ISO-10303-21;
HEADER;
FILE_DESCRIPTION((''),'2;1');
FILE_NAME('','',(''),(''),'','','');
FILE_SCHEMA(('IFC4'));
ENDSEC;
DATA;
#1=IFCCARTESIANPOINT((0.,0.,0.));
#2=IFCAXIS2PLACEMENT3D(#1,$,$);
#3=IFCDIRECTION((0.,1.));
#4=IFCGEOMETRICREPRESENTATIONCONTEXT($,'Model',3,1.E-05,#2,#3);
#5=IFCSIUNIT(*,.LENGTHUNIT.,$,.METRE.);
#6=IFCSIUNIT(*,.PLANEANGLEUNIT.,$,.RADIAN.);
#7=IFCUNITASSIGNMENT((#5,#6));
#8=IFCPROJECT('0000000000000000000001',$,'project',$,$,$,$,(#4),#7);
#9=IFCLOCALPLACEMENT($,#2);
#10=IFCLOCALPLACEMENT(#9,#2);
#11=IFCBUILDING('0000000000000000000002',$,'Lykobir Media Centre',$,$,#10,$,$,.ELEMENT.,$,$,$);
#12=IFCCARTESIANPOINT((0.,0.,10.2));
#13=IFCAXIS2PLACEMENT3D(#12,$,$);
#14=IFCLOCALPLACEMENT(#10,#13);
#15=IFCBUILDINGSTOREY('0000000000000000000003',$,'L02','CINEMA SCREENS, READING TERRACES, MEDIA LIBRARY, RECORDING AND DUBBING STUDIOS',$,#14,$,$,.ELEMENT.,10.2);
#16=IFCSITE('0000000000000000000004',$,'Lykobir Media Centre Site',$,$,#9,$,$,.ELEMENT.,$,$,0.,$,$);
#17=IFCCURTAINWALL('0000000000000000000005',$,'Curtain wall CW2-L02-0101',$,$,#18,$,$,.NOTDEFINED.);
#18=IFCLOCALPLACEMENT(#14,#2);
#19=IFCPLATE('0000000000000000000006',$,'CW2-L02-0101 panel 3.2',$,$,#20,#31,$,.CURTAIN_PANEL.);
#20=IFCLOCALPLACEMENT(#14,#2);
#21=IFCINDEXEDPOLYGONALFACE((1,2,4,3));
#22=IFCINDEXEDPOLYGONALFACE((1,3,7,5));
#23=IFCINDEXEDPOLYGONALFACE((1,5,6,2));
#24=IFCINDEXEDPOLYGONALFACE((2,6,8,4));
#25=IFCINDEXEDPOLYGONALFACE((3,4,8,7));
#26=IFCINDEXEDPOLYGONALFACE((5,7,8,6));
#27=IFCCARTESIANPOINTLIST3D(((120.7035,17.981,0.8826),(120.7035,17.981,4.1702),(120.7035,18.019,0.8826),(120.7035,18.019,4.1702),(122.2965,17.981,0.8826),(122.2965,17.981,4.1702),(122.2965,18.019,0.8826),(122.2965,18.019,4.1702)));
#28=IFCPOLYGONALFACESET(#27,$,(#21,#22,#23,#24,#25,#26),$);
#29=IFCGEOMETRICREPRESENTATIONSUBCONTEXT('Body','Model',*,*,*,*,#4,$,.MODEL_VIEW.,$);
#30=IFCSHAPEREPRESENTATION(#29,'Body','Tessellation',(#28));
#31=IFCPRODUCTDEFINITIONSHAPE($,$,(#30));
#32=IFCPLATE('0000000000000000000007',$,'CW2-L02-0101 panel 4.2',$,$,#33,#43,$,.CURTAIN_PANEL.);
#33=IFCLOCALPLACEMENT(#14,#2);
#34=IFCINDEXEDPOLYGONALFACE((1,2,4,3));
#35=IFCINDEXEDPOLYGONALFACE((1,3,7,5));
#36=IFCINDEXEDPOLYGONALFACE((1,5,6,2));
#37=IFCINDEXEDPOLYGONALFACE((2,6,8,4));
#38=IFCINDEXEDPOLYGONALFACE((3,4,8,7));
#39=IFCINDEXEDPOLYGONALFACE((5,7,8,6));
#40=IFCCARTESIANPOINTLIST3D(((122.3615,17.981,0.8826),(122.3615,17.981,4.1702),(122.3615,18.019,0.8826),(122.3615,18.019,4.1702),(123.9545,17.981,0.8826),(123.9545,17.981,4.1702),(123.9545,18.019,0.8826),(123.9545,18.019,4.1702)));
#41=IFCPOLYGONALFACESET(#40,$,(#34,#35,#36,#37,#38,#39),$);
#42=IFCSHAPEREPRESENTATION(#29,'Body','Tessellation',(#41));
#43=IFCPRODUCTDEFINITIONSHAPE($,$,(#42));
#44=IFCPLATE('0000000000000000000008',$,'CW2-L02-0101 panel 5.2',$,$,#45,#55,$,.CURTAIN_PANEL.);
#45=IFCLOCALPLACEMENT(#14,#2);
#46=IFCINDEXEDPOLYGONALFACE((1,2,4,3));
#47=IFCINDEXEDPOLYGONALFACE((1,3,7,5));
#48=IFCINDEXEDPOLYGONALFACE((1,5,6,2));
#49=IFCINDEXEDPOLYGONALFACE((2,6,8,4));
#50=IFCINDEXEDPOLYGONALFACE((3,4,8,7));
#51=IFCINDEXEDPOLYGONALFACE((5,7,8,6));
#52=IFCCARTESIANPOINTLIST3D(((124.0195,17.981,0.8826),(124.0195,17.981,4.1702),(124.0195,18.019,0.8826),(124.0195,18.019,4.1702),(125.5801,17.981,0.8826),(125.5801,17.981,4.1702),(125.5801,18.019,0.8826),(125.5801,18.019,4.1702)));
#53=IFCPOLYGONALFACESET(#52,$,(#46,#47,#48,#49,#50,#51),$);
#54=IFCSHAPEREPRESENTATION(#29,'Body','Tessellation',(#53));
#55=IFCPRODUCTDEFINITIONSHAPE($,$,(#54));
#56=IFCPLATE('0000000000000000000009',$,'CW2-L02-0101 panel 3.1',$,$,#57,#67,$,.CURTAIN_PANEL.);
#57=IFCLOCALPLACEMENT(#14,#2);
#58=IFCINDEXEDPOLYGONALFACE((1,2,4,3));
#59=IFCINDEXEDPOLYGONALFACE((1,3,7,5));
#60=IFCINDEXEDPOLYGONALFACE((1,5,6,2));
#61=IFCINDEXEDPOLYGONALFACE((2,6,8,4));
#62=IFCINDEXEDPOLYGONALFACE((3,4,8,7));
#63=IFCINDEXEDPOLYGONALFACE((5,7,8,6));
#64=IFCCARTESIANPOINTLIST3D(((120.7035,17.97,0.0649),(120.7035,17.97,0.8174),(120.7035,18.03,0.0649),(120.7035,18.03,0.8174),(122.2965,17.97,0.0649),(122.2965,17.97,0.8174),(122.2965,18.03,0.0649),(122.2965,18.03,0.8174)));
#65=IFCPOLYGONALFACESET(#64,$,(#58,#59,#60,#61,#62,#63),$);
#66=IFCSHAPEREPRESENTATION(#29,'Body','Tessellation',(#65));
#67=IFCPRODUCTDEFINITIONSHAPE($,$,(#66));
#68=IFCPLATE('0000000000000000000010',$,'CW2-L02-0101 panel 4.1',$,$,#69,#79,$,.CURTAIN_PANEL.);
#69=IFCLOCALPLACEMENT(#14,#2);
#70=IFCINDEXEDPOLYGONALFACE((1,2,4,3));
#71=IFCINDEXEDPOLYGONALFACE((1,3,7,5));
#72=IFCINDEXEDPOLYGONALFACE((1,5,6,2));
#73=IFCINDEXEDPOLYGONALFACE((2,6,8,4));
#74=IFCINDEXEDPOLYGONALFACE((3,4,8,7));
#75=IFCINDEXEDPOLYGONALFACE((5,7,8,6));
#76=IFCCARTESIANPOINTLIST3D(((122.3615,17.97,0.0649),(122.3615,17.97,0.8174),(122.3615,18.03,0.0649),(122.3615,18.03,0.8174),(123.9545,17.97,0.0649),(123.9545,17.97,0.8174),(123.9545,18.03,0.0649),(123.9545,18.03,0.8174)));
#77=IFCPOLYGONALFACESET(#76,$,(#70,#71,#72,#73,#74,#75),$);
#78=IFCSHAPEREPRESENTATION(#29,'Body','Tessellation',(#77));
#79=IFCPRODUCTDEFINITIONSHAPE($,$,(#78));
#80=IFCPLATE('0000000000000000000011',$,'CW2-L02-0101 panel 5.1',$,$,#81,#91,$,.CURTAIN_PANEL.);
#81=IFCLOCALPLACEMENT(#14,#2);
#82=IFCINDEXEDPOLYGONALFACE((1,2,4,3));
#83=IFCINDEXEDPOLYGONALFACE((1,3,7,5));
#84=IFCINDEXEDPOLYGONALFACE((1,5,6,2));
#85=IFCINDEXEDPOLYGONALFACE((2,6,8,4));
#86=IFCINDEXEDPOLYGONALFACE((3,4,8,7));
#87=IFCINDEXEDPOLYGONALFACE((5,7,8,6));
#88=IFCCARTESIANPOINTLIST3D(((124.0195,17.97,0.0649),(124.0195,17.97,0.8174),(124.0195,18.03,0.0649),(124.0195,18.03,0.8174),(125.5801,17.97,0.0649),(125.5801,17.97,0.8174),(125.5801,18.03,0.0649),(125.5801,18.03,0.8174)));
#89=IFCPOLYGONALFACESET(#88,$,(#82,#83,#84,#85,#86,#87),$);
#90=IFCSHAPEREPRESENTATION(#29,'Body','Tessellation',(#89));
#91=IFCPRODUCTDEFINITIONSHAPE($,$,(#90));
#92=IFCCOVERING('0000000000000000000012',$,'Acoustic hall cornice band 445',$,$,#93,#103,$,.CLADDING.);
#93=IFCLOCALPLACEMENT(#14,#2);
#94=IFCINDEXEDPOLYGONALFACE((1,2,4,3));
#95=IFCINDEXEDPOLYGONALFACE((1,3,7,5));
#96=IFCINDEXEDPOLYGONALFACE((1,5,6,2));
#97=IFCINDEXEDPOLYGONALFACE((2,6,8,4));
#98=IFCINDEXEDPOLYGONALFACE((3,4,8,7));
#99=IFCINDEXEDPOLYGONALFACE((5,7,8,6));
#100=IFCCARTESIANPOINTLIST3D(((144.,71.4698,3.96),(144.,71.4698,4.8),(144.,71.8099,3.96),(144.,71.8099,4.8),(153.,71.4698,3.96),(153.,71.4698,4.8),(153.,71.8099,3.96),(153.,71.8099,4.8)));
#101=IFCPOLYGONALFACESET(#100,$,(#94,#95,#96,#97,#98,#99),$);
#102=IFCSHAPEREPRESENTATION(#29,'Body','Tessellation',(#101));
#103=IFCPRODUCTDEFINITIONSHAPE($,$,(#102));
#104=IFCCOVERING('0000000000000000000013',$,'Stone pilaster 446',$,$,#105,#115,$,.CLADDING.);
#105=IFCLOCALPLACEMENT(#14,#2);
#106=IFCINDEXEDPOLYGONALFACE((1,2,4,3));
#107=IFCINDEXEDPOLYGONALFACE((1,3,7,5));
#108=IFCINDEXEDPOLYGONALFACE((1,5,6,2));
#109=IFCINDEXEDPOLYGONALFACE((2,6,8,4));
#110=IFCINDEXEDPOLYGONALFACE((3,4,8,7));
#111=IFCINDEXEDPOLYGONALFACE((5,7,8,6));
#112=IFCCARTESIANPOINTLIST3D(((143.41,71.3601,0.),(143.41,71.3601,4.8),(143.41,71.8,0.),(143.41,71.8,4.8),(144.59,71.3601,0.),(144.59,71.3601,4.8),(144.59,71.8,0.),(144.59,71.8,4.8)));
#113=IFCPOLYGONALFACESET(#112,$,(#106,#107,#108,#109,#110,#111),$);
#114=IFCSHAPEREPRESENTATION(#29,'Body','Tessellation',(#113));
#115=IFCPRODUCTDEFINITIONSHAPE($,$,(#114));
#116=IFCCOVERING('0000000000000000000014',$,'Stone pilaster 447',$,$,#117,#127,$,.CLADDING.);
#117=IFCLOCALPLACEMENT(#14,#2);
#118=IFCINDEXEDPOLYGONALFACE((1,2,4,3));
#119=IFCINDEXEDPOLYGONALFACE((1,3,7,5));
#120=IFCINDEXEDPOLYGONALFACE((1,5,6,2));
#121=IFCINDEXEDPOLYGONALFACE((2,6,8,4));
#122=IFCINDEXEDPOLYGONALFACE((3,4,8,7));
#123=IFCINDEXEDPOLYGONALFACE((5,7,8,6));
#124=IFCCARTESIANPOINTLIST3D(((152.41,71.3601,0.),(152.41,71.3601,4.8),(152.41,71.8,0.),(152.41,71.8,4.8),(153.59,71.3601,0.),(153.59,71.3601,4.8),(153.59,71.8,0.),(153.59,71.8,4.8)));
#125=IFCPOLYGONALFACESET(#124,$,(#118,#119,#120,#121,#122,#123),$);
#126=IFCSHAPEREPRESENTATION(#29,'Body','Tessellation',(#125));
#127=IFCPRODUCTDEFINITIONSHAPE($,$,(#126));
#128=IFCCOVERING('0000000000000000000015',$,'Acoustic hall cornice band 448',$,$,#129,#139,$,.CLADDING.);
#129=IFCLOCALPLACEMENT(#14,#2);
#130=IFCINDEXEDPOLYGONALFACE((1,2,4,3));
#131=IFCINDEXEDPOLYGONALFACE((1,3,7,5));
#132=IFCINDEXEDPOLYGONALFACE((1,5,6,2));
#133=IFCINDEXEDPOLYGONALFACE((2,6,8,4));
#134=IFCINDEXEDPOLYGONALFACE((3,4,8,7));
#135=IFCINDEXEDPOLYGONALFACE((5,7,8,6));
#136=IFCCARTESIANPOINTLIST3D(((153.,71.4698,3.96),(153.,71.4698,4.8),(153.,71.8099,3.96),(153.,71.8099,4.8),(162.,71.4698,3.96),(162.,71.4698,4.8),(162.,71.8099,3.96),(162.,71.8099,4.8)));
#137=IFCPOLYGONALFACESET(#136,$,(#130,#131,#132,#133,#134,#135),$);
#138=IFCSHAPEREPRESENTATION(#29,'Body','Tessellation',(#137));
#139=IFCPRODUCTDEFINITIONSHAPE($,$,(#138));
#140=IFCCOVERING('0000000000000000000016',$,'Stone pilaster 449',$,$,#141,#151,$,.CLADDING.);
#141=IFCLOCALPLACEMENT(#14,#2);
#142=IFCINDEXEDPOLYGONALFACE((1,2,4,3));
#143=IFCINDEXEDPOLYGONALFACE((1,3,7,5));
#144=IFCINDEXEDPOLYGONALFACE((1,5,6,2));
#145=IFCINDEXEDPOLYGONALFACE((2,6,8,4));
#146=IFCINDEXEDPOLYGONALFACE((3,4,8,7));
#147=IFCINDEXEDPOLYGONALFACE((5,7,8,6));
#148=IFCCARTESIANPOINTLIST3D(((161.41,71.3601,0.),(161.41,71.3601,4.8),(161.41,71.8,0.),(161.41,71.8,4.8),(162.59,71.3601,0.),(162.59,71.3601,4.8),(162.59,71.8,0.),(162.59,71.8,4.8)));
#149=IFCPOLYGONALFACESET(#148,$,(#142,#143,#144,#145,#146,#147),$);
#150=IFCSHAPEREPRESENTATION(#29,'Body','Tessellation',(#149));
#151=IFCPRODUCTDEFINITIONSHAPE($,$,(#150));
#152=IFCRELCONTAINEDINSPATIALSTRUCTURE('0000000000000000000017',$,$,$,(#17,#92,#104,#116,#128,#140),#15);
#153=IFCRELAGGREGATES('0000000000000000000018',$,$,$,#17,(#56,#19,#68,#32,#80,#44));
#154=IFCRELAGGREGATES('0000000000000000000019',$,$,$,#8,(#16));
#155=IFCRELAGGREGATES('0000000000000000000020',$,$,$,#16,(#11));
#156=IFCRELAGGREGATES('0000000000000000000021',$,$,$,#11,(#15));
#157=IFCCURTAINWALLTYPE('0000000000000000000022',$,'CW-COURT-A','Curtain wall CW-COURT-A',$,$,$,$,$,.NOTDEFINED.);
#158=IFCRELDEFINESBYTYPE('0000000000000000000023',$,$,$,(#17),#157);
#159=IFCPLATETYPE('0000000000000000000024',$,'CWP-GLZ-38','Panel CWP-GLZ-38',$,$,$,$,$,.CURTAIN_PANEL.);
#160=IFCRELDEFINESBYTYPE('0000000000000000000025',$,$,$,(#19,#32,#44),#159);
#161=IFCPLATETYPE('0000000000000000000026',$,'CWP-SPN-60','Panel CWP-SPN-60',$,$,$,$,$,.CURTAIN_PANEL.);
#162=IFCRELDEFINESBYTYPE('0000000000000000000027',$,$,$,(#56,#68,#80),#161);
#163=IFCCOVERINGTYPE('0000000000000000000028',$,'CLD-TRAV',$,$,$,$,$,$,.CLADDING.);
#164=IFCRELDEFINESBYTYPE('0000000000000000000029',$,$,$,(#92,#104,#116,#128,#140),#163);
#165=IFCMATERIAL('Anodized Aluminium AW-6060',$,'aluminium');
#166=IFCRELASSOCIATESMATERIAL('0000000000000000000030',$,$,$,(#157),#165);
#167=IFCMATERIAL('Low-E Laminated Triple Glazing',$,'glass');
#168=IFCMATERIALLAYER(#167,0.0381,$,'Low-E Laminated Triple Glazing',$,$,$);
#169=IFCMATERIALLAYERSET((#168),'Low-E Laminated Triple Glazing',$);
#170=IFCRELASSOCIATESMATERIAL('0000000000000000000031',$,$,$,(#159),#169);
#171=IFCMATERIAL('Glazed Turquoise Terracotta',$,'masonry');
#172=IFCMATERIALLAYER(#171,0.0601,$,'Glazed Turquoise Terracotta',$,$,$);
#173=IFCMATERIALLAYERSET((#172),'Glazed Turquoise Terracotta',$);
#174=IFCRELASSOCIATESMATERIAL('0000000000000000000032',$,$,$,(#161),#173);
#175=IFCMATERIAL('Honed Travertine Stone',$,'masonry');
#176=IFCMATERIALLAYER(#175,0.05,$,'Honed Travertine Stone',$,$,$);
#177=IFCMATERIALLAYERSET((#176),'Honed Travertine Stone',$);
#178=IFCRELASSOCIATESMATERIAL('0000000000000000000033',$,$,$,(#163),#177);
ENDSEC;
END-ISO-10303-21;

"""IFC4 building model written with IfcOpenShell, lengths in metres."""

from ifc_helpers import new_model, si_unit, direction, frame, origin, origin_2d, place, context, subcontext, project, spatial, rectangle, extrude, material, layer, layer_set, type_object, element, aggregate, save


model = new_model("IFC4")

# Units and contexts
model_context = context("Model", 3, precision=1e-05, world=origin(), true_north=direction((0.0, 1.0)))
body_context = subcontext(model_context, "Body", "Model", "MODEL_VIEW")
ifc_project = project(units=[si_unit("LENGTHUNIT", "METRE"), si_unit("PLANEANGLEUNIT", "RADIAN")], contexts=[model_context])

# Site, building, storey
site_placement = place(None, origin())
site = spatial("IfcSite", under=ifc_project, at=site_placement, Name="Lykobir Media Centre Site", CompositionType="ELEMENT", RefElevation=0.0)
building_placement = place(site_placement, origin())
building = spatial("IfcBuilding", under=site, at=building_placement, Name="Lykobir Media Centre", CompositionType="ELEMENT")
storey_placement = place(building_placement, frame((0.0, 0.0, 10.2)))
storey = spatial("IfcBuildingStorey", under=building, at=storey_placement, Name="L02", Description="CINEMA SCREENS, READING TERRACES, MEDIA LIBRARY, RECORDING AND DUBBING STUDIOS", CompositionType="ELEMENT", Elevation=10.2)

# Curtain wall, plates
ifc_material_1 = material(Name="Anodized Aluminium AW-6060", Category="aluminium")
curtain_wall_type = type_object("IfcCurtainWallType", Name="CW-COURT-A", Description="Curtain wall CW-COURT-A", PredefinedType="NOTDEFINED", material=ifc_material_1)
curtain_wall_placement = place(storey_placement, origin())
curtain_wall = element("IfcCurtainWall", 1, at=curtain_wall_placement, inside=storey, type_object=curtain_wall_type, Name="Curtain wall CW2-L02-0101", PredefinedType="NOTDEFINED")
ifc_material_2 = material(Name="Low-E Laminated Triple Glazing", Category="glass")
ifc_layer_1 = layer(ifc_material_2, 0.0381, Name="Low-E Laminated Triple Glazing")
ifc_layer_set_1 = layer_set([ifc_layer_1], Name="Low-E Laminated Triple Glazing")
plate_type_1 = type_object("IfcPlateType", Name="CWP-GLZ-38", Description="Panel CWP-GLZ-38", PredefinedType="CURTAIN_PANEL", material=ifc_layer_set_1)
plate_1_placement = place(storey_placement, frame((121.5, 18.0, 0.8826), z_axis=(0.0, 0.0, 1.0), x_axis=(1.0, 0.0, 0.0)))
plate_1 = element("IfcPlate", 2, at=plate_1_placement, type_object=plate_type_1, Name="CW2-L02-0101 panel 3.2", PredefinedType="CURTAIN_PANEL", context=body_context, shape_type="SweptSolid", body=[
    extrude(rectangle(XDim=1.593, YDim=0.0381, at=origin_2d()), origin(), (0.0, 0.0, 1.0), 3.2876),
])
plate_2_placement = place(storey_placement, frame((123.158, 18.0, 0.8826), z_axis=(0.0, 0.0, 1.0), x_axis=(1.0, 0.0, 0.0)))
plate_2 = element("IfcPlate", 3, at=plate_2_placement, type_object=plate_type_1, Name="CW2-L02-0101 panel 4.2", PredefinedType="CURTAIN_PANEL", context=body_context, shape_type="SweptSolid", body=[
    extrude(rectangle(XDim=1.593, YDim=0.0381, at=origin_2d()), origin(), (0.0, 0.0, 1.0), 3.2876),
])
plate_3_placement = place(storey_placement, frame((124.7998, 18.0, 0.8826), z_axis=(0.0, 0.0, 1.0), x_axis=(1.0, 0.0, 0.0)))
plate_3 = element("IfcPlate", 4, at=plate_3_placement, type_object=plate_type_1, Name="CW2-L02-0101 panel 5.2", PredefinedType="CURTAIN_PANEL", context=body_context, shape_type="SweptSolid", body=[
    extrude(rectangle(XDim=1.5605, YDim=0.0381, at=origin_2d()), origin(), (0.0, 0.0, 1.0), 3.2876),
])
ifc_material_3 = material(Name="Glazed Turquoise Terracotta", Category="masonry")
ifc_layer_2 = layer(ifc_material_3, 0.0601, Name="Glazed Turquoise Terracotta")
ifc_layer_set_2 = layer_set([ifc_layer_2], Name="Glazed Turquoise Terracotta")
plate_type_2 = type_object("IfcPlateType", Name="CWP-SPN-60", Description="Panel CWP-SPN-60", PredefinedType="CURTAIN_PANEL", material=ifc_layer_set_2)
plate_4_placement = place(storey_placement, frame((121.5, 18.0, 0.0649), z_axis=(0.0, 0.0, 1.0), x_axis=(1.0, 0.0, 0.0)))
plate_4 = element("IfcPlate", 5, at=plate_4_placement, type_object=plate_type_2, Name="CW2-L02-0101 panel 3.1", PredefinedType="CURTAIN_PANEL", context=body_context, shape_type="SweptSolid", body=[
    extrude(rectangle(XDim=1.593, YDim=0.0601, at=origin_2d()), origin(), (0.0, 0.0, 1.0), 0.7524),
])
plate_5_placement = place(storey_placement, frame((123.158, 18.0, 0.0649), z_axis=(0.0, 0.0, 1.0), x_axis=(1.0, 0.0, 0.0)))
plate_5 = element("IfcPlate", 6, at=plate_5_placement, type_object=plate_type_2, Name="CW2-L02-0101 panel 4.1", PredefinedType="CURTAIN_PANEL", context=body_context, shape_type="SweptSolid", body=[
    extrude(rectangle(XDim=1.593, YDim=0.0601, at=origin_2d()), origin(), (0.0, 0.0, 1.0), 0.7524),
])
plate_6_placement = place(storey_placement, frame((124.7998, 18.0, 0.0649), z_axis=(0.0, 0.0, 1.0), x_axis=(1.0, 0.0, 0.0)))
plate_6 = element("IfcPlate", 7, at=plate_6_placement, type_object=plate_type_2, Name="CW2-L02-0101 panel 5.1", PredefinedType="CURTAIN_PANEL", context=body_context, shape_type="SweptSolid", body=[
    extrude(rectangle(XDim=1.5605, YDim=0.0601, at=origin_2d()), origin(), (0.0, 0.0, 1.0), 0.7524),
])
aggregate(curtain_wall, [plate_4, plate_1, plate_5, plate_2, plate_6, plate_3])

# Coverings
ifc_material_4 = material(Name="Honed Travertine Stone", Category="masonry")
ifc_layer_3 = layer(ifc_material_4, 0.05, Name="Honed Travertine Stone")
ifc_layer_set_3 = layer_set([ifc_layer_3], Name="Honed Travertine Stone")
covering_type = type_object("IfcCoveringType", Name="CLD-TRAV", PredefinedType="CLADDING", material=ifc_layer_set_3)
covering_1_placement = place(storey_placement, frame((148.5, 71.6399, 3.96), z_axis=(0.0, 0.0, 1.0), x_axis=(1.0, 0.0, 0.0)))
element("IfcCovering", 8, at=covering_1_placement, inside=storey, type_object=covering_type, Name="Acoustic hall cornice band 445", PredefinedType="CLADDING", context=body_context, shape_type="SweptSolid", body=[
    extrude(rectangle(XDim=9.0, YDim=0.3401, at=origin_2d()), origin(), (0.0, 0.0, 1.0), 0.8401),
])
for number, where, z_axis, x_axis, name in (
    (9, (144.0, 71.5801, 0.0), (0.0, 0.0, 1.0), (1.0, 0.0, 0.0), "Stone pilaster 446"),
    (10, (153.0, 71.5801, 0.0), (0.0, 0.0, 1.0), (1.0, 0.0, 0.0), "Stone pilaster 447"),
):
    element("IfcCovering", number, at=place(storey_placement, frame(where, z_axis=z_axis, x_axis=x_axis)), inside=storey, type_object=covering_type, Name=name, PredefinedType="CLADDING", context=body_context, shape_type="SweptSolid", body=[
        extrude(rectangle(XDim=1.1799, YDim=0.4399, at=origin_2d()), origin(), (0.0, 0.0, 1.0), 4.8),
    ])
covering_2_placement = place(storey_placement, frame((157.5, 71.6399, 3.96), z_axis=(0.0, 0.0, 1.0), x_axis=(1.0, 0.0, 0.0)))
element("IfcCovering", 11, at=covering_2_placement, inside=storey, type_object=covering_type, Name="Acoustic hall cornice band 448", PredefinedType="CLADDING", context=body_context, shape_type="SweptSolid", body=[
    extrude(rectangle(XDim=9.0, YDim=0.3401, at=origin_2d()), origin(), (0.0, 0.0, 1.0), 0.8401),
])
covering_3_placement = place(storey_placement, frame((162.0, 71.5801, 0.0), z_axis=(0.0, 0.0, 1.0), x_axis=(1.0, 0.0, 0.0)))
element("IfcCovering", 12, at=covering_3_placement, inside=storey, type_object=covering_type, Name="Stone pilaster 449", PredefinedType="CLADDING", context=body_context, shape_type="SweptSolid", body=[
    extrude(rectangle(XDim=1.1799, YDim=0.4399, at=origin_2d()), origin(), (0.0, 0.0, 1.0), 4.8),
])

save(model, "model.ifc")
